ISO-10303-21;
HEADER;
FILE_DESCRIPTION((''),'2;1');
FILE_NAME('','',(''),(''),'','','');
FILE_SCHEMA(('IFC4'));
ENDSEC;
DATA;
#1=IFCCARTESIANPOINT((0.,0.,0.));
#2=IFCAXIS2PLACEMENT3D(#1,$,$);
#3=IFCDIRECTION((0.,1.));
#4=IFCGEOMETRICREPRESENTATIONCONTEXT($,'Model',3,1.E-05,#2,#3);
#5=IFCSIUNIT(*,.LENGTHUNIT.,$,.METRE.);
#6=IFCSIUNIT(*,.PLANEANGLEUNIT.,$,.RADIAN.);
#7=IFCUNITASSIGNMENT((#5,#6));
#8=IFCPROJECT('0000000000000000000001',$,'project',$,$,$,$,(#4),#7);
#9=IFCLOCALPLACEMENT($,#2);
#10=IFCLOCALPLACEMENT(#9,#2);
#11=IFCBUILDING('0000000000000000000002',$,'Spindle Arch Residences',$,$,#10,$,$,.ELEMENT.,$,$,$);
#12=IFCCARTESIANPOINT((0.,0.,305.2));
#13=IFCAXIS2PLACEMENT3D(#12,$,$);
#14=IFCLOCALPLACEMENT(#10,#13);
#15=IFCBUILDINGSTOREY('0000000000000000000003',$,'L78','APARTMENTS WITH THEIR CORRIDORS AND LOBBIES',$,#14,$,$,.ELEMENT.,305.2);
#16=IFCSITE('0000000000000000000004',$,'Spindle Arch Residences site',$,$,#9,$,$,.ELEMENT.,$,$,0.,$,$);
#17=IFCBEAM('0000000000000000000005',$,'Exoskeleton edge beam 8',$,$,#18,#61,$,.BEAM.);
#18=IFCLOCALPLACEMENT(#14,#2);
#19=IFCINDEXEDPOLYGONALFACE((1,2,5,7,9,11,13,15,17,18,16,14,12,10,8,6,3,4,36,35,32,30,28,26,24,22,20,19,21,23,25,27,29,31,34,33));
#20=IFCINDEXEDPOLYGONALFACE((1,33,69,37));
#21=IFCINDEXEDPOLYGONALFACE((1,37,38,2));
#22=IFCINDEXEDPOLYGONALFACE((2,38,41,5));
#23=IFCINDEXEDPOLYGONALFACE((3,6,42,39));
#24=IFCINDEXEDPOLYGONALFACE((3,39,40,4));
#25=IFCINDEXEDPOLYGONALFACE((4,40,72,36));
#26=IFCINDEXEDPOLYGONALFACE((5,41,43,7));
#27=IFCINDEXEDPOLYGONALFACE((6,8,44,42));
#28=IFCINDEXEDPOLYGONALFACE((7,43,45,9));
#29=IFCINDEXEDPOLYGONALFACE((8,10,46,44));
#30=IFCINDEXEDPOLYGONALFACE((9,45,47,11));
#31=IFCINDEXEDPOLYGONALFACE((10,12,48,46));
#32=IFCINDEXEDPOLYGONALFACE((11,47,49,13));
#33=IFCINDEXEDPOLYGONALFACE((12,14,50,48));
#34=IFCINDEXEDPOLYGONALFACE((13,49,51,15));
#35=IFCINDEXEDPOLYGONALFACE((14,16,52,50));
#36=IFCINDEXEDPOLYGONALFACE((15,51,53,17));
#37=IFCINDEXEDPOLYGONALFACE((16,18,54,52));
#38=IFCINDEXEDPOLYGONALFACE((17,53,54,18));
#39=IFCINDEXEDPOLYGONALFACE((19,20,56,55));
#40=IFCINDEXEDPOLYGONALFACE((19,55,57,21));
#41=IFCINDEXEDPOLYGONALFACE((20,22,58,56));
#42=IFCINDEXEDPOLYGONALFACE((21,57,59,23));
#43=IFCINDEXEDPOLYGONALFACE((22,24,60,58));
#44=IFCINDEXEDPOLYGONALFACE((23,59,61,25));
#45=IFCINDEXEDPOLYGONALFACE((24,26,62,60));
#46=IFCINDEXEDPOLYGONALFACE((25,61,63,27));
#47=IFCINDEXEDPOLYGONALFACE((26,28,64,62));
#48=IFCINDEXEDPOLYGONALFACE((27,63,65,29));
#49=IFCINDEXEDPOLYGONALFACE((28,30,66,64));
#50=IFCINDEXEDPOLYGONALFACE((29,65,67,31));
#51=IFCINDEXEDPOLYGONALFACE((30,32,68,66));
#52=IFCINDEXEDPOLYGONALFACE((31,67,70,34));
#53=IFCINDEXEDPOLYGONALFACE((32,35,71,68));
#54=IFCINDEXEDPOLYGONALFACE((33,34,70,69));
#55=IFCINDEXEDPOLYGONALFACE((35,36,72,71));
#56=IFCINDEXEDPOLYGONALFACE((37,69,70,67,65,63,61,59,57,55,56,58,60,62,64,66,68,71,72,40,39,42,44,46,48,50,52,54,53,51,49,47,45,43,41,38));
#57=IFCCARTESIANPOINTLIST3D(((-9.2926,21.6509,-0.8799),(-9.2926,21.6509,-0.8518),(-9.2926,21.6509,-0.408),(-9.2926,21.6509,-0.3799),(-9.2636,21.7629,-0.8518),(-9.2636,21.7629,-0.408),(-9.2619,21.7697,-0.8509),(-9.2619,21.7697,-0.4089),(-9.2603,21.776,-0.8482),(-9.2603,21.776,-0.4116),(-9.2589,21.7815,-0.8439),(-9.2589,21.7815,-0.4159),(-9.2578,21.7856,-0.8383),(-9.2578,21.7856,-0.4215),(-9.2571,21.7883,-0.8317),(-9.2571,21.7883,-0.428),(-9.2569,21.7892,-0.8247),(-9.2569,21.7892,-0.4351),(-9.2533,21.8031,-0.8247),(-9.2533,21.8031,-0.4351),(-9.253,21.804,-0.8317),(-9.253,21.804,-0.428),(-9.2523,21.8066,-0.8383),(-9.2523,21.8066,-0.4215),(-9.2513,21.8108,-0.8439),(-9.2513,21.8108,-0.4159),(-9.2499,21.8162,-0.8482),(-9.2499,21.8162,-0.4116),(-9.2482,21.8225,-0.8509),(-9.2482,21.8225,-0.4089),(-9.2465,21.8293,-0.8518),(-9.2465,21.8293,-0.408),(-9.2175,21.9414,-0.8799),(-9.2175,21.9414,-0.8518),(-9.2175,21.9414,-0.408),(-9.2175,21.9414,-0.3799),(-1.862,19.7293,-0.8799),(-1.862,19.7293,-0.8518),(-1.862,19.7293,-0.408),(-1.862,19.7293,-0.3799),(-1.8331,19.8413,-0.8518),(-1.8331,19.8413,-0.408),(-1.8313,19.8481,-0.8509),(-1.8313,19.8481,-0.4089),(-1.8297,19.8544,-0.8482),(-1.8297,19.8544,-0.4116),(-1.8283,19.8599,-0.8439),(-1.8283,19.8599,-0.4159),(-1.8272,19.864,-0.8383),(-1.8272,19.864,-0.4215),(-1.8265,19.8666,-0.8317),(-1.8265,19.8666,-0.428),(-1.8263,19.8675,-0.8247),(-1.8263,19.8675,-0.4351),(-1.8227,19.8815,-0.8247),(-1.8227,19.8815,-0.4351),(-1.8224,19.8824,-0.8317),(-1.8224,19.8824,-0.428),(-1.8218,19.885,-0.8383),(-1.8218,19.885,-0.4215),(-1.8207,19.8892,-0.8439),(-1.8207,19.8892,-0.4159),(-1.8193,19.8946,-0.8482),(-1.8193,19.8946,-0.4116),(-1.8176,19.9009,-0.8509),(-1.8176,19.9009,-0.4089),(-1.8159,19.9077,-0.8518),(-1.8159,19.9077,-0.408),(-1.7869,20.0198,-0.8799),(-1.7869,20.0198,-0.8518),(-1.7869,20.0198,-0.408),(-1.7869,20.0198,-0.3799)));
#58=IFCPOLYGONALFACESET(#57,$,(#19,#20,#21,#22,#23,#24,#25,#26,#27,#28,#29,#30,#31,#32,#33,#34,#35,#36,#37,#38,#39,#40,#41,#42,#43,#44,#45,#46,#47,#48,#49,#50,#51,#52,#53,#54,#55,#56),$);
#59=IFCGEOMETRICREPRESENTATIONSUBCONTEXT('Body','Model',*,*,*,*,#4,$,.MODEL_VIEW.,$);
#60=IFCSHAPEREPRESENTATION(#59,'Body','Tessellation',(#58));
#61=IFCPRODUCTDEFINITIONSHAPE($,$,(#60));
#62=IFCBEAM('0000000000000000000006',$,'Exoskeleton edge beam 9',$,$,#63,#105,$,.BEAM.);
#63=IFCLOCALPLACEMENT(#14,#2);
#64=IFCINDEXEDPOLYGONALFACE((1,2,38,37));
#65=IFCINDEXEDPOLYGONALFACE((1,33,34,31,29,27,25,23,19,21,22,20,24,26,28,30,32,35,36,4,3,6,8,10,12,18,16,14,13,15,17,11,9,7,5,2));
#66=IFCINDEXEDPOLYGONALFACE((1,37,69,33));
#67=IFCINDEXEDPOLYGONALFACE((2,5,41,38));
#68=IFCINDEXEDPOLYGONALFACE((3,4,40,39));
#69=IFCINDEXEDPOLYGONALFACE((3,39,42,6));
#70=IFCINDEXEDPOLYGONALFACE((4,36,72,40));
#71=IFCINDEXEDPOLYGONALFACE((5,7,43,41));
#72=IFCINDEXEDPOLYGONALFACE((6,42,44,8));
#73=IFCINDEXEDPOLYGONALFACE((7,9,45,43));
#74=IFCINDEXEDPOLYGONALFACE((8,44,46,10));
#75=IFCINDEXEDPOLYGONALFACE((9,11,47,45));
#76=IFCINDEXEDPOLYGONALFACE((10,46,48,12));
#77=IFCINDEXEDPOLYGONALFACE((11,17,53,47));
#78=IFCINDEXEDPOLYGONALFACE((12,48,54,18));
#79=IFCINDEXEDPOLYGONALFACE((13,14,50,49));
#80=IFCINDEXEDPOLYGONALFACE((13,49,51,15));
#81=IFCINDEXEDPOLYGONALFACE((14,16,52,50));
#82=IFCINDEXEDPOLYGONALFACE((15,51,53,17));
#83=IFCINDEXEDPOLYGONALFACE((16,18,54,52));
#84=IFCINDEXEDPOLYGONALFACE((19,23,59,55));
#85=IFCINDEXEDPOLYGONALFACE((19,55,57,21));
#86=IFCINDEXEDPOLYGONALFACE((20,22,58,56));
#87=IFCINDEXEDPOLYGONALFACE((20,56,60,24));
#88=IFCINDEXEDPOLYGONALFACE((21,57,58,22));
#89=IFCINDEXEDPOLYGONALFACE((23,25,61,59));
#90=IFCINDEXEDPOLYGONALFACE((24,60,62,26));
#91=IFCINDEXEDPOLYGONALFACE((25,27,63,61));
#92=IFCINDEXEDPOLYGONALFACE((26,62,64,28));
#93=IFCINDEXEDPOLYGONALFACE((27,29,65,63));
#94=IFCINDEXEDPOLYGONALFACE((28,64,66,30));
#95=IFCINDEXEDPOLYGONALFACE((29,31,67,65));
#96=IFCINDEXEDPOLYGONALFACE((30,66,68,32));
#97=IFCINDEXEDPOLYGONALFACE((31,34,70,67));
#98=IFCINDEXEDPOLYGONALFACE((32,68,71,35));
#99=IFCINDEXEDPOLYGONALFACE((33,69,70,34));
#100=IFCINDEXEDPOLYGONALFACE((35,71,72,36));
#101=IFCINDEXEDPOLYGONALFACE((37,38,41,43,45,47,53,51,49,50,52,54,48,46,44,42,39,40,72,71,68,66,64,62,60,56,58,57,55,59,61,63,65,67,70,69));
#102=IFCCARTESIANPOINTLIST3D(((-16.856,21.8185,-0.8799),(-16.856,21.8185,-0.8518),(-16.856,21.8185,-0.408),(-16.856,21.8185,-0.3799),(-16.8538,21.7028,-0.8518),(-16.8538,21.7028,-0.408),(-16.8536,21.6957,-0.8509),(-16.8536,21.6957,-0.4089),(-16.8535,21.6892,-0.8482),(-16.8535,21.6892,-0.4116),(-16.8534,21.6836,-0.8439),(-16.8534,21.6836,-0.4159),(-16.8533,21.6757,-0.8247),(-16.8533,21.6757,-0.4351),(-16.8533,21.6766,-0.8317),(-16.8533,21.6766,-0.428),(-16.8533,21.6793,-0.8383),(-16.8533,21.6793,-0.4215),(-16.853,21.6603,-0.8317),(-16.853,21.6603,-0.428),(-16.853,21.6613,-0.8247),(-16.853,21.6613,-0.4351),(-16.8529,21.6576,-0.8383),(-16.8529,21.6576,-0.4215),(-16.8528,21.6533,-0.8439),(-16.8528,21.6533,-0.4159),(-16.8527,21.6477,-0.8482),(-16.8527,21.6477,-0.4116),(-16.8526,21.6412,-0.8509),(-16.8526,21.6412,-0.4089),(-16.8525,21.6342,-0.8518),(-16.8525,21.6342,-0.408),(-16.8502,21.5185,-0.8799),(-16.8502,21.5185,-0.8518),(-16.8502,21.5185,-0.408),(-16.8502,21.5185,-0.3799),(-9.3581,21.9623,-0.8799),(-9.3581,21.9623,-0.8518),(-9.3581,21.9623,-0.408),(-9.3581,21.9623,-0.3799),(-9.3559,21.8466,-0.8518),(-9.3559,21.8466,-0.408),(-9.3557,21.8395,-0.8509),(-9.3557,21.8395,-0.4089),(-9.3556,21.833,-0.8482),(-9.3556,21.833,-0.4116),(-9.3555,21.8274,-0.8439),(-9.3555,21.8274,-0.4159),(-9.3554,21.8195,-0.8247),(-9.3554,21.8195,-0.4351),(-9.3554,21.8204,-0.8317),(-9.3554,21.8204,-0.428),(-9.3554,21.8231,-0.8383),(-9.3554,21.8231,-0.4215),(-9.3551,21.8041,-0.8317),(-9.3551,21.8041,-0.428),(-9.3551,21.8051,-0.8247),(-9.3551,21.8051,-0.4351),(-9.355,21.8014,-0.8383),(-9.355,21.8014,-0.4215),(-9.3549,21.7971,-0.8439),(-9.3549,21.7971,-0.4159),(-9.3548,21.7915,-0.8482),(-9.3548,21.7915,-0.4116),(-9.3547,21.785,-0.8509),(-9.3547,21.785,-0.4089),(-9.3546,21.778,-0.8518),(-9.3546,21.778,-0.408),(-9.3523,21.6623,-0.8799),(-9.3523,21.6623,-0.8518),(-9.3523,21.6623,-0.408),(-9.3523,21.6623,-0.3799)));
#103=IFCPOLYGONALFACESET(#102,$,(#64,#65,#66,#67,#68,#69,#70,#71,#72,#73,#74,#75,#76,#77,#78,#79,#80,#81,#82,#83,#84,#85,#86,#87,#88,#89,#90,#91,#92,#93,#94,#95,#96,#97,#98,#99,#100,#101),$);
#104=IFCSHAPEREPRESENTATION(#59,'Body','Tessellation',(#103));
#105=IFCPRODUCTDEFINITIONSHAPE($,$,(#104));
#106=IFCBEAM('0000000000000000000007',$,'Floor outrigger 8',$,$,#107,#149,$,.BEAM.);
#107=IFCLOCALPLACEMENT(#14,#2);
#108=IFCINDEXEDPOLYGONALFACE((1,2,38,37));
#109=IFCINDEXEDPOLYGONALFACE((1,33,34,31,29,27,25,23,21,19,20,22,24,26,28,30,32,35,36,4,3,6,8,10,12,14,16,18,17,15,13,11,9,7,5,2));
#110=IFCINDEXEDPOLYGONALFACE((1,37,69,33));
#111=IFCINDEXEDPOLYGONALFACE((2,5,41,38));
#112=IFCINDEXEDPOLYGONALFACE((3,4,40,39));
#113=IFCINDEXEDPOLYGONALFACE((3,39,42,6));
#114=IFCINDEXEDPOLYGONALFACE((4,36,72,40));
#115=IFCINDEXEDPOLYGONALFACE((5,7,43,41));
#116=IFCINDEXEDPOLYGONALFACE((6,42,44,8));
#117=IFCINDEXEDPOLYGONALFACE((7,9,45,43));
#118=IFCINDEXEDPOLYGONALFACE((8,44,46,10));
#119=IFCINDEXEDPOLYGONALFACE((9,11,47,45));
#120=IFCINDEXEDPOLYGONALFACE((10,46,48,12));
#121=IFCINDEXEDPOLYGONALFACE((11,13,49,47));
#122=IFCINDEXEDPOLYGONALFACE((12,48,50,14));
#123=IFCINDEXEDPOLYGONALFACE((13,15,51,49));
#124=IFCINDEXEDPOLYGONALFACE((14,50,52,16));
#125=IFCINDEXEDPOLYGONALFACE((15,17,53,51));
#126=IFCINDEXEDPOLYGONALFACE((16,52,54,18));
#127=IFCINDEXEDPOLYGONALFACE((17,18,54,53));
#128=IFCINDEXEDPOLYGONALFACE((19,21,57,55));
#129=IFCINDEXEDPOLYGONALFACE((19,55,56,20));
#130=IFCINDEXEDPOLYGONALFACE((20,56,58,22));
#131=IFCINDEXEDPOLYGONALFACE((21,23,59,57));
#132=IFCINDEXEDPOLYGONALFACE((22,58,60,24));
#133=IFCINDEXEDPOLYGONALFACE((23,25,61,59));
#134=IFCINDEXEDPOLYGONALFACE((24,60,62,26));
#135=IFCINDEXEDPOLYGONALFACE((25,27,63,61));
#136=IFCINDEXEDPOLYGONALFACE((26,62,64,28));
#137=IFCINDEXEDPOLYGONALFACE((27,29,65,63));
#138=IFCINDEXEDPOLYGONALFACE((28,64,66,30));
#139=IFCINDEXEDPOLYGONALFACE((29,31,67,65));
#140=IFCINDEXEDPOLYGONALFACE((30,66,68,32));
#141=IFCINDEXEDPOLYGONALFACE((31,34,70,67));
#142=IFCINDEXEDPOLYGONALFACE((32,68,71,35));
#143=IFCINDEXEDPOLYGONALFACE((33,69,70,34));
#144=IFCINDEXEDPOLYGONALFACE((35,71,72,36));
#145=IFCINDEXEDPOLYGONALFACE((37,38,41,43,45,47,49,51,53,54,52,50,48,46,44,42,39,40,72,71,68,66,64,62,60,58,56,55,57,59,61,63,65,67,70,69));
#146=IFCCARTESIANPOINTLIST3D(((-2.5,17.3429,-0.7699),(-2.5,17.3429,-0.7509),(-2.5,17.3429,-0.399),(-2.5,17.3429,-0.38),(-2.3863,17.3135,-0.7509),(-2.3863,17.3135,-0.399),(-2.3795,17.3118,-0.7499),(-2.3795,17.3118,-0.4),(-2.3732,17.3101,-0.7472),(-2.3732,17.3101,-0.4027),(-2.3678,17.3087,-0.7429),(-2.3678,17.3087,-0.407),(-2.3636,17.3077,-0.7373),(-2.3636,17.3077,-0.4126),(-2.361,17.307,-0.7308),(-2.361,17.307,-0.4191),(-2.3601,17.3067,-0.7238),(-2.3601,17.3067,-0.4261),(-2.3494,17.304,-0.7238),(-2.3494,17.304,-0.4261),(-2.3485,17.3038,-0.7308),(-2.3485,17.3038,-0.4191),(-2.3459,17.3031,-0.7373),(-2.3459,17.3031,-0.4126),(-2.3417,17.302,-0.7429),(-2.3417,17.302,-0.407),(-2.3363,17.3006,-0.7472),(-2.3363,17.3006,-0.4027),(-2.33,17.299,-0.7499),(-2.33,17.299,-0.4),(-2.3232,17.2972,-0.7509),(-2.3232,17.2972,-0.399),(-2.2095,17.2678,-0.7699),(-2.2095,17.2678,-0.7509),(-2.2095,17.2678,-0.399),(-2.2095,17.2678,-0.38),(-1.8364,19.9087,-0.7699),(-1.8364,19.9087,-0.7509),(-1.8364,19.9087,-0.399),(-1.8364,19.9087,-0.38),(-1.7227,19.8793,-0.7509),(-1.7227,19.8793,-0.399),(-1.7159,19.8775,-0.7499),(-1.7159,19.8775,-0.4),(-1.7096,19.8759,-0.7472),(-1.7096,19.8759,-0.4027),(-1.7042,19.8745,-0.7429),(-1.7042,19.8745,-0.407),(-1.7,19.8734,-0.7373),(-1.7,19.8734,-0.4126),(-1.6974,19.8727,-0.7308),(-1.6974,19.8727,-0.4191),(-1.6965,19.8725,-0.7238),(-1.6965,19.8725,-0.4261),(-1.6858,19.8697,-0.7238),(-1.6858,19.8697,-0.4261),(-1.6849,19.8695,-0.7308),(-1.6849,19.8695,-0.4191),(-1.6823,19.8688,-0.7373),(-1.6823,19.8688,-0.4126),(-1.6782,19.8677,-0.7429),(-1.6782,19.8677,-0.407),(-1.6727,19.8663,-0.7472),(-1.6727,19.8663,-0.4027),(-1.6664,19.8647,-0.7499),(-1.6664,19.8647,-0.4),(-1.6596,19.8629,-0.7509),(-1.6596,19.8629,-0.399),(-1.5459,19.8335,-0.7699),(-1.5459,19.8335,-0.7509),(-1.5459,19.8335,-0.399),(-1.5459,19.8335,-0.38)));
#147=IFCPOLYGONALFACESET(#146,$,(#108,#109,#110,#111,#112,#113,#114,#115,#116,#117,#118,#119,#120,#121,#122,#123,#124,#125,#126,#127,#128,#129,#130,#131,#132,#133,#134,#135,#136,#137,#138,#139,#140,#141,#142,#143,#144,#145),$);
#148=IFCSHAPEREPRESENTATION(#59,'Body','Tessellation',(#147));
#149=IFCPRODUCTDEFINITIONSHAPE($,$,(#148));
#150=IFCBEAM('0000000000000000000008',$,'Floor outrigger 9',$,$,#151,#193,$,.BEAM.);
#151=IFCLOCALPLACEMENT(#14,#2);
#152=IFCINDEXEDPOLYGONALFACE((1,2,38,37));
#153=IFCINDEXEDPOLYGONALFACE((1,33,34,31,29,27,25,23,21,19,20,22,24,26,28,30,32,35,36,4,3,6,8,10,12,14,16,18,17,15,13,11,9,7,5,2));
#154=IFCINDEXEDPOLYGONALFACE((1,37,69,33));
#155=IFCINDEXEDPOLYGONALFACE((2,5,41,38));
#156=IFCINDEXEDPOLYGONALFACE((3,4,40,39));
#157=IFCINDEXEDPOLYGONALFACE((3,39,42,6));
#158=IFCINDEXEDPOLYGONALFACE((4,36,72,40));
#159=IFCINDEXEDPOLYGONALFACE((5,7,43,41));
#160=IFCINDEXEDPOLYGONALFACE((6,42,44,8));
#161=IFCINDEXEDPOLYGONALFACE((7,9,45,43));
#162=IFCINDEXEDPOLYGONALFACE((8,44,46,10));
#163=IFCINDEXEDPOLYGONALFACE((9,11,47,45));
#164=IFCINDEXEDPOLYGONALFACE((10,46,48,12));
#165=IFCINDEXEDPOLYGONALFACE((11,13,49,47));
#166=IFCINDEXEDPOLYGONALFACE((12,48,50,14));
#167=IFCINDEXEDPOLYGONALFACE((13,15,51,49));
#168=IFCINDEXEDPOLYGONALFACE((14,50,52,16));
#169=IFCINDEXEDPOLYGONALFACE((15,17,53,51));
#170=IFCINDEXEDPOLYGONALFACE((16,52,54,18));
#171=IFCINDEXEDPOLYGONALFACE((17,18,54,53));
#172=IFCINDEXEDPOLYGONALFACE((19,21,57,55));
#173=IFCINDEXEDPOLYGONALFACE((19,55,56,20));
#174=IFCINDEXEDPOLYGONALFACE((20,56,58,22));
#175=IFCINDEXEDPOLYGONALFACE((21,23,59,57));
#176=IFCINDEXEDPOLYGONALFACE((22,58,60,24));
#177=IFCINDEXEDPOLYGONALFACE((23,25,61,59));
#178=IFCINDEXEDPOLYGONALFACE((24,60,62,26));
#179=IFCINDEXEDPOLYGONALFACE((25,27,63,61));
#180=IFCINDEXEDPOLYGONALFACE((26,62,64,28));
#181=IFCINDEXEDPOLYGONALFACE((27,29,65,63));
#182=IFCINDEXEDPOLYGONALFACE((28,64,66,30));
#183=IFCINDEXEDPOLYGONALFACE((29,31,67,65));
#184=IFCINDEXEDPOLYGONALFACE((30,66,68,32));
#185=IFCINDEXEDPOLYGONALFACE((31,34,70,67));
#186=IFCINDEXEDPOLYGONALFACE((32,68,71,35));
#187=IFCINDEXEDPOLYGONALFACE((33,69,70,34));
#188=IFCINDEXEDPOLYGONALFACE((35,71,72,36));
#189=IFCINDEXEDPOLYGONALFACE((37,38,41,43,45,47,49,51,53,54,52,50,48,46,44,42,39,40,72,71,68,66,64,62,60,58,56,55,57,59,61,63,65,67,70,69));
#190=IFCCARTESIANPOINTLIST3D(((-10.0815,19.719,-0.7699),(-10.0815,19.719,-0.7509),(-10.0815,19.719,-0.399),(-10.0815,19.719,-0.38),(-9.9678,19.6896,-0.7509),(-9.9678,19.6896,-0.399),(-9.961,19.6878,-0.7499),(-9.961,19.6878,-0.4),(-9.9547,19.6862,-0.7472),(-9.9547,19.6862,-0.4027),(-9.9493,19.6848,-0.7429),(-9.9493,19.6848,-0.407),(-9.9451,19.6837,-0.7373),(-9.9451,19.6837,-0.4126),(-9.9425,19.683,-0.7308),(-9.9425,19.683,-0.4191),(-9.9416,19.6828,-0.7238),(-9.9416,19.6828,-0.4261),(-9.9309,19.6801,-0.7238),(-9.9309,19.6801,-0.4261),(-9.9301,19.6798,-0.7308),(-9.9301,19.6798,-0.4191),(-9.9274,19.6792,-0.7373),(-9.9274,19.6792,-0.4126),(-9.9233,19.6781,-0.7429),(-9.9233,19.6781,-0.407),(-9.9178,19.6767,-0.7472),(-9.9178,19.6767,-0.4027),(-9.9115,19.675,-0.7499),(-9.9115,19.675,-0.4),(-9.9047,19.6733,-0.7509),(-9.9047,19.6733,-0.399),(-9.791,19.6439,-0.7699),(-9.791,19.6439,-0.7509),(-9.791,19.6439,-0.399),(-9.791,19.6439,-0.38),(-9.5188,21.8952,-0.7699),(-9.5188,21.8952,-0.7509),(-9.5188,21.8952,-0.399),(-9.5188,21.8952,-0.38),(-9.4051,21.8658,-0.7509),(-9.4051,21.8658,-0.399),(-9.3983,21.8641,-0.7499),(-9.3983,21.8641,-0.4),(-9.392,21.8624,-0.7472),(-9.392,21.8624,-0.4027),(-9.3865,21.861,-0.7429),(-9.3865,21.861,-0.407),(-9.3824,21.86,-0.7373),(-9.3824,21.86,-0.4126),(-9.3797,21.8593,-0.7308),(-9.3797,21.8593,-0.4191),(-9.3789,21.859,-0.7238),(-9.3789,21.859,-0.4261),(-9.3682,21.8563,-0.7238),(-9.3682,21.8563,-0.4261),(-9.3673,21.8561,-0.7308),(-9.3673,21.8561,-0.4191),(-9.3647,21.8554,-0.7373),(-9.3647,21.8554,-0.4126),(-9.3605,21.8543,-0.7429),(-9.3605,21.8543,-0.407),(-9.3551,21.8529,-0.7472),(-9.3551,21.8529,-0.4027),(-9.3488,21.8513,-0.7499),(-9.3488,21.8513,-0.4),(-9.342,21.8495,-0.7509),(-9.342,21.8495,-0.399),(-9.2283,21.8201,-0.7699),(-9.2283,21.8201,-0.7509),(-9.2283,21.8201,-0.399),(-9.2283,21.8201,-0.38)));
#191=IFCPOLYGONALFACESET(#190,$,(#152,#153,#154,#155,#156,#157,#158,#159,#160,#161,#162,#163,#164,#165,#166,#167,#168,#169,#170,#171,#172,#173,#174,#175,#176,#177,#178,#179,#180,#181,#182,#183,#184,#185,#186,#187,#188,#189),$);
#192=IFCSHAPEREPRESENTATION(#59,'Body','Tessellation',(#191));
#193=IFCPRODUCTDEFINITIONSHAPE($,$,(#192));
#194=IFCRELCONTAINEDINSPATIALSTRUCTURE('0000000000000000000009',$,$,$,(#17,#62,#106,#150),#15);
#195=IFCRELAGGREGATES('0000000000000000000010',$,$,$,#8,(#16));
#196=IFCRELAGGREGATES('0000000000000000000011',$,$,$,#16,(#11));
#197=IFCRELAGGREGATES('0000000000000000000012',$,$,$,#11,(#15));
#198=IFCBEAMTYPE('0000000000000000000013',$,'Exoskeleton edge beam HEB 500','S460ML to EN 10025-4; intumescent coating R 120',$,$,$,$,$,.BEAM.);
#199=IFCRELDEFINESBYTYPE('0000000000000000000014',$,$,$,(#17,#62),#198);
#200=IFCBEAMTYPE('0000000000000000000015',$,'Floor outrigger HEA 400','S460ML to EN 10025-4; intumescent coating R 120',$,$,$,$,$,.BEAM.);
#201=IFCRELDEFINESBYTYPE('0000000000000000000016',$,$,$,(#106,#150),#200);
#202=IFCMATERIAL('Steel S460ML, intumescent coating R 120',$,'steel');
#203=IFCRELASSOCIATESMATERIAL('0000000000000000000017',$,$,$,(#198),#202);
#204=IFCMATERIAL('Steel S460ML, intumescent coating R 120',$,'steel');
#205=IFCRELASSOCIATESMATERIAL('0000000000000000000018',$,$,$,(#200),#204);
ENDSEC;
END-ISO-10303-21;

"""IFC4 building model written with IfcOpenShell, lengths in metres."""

from ifc_helpers import new_model, si_unit, direction, frame, origin, origin_2d, place, context, subcontext, project, spatial, i_section, extrude, material, material_profile, profile_set, type_object, element, save


model = new_model("IFC4")

# Units and contexts
model_context = context("Model", 3, precision=1e-05, world=origin(), true_north=direction((0.0, 1.0)))
body_context = subcontext(model_context, "Body", "Model", "MODEL_VIEW")
ifc_project = project(units=[si_unit("LENGTHUNIT", "METRE"), si_unit("PLANEANGLEUNIT", "RADIAN")], contexts=[model_context])

# Site, building, storey
site_placement = place(None, origin())
site = spatial("IfcSite", under=ifc_project, at=site_placement, Name="Spindle Arch Residences site", CompositionType="ELEMENT", RefElevation=0.0)
building_placement = place(site_placement, origin())
building = spatial("IfcBuilding", under=site, at=building_placement, Name="Spindle Arch Residences", CompositionType="ELEMENT")
storey_placement = place(building_placement, frame((0.0, 0.0, 305.2)))
storey = spatial("IfcBuildingStorey", under=building, at=storey_placement, Name="L78", Description="APARTMENTS WITH THEIR CORRIDORS AND LOBBIES", CompositionType="ELEMENT", Elevation=305.2)

# Beams
ifc_material_1 = material(Name="Steel S460ML, intumescent coating R 120", Category="steel")
ifc_material_profile_1 = material_profile(ifc_material_1, i_section(OverallWidth=0.3, OverallDepth=0.5, WebThickness=0.0144, FlangeThickness=0.0281, FilletRadius=0.0271, at=origin_2d()), Name="HEB 500")
ifc_profile_set_1 = profile_set([ifc_material_profile_1], Name="Steel S460ML, intumescent coating R 120")
beam_type_1 = type_object("IfcBeamType", Name="Exoskeleton edge beam HEB 500", Description="S460ML to EN 10025-4; intumescent coating R 120", PredefinedType="BEAM", material=ifc_profile_set_1)
beam_1_placement = place(storey_placement, frame((-1.8245, 19.8745, -0.6299), z_axis=(-0.96815, 0.250372, 0.0), x_axis=(-0.250372, -0.96815, 0.0)))
element("IfcBeam", 1, at=beam_1_placement, inside=storey, type_object=beam_type_1, Name="Exoskeleton edge beam 8", PredefinedType="BEAM", context=body_context, shape_type="SweptSolid", body=[
    extrude(i_section(OverallWidth=0.3, OverallDepth=0.5, WebThickness=0.0144, FlangeThickness=0.0281, FilletRadius=0.0271, at=origin_2d()), origin(), (0.0, 0.0, 1.0), 7.675),
])
beam_2_placement = place(storey_placement, frame((-9.3552, 21.8123, -0.6299), z_axis=(-0.999816, -0.019175, 0.0), x_axis=(0.019175, -0.999816, 0.0)))
element("IfcBeam", 2, at=beam_2_placement, inside=storey, type_object=beam_type_1, Name="Exoskeleton edge beam 9", PredefinedType="BEAM", context=body_context, shape_type="SweptSolid", body=[
    extrude(i_section(OverallWidth=0.3, OverallDepth=0.5, WebThickness=0.0144, FlangeThickness=0.0281, FilletRadius=0.0271, at=origin_2d()), origin(), (0.0, 0.0, 1.0), 7.4993),
])
ifc_material_2 = material(Name="Steel S460ML, intumescent coating R 120", Category="steel")
ifc_material_profile_2 = material_profile(ifc_material_2, i_section(OverallWidth=0.3, OverallDepth=0.3899, WebThickness=0.011, FlangeThickness=0.019, FilletRadius=0.0271, at=origin_2d()), Name="HEA 400")
ifc_profile_set_2 = profile_set([ifc_material_profile_2], Name="Steel S460ML, intumescent coating R 120")
beam_type_2 = type_object("IfcBeamType", Name="Floor outrigger HEA 400", Description="S460ML to EN 10025-4; intumescent coating R 120", PredefinedType="BEAM", material=ifc_profile_set_2)
beam_3_placement = place(storey_placement, frame((-1.6912, 19.8711, -0.575), z_axis=(-0.250396, -0.968143, 0.0), x_axis=(0.968143, -0.250396, 0.0)))
element("IfcBeam", 3, at=beam_3_placement, inside=storey, type_object=beam_type_2, Name="Floor outrigger 8", PredefinedType="BEAM", context=body_context, shape_type="SweptSolid", body=[
    extrude(i_section(OverallWidth=0.3, OverallDepth=0.3899, WebThickness=0.011, FlangeThickness=0.019, FilletRadius=0.0271, at=origin_2d()), origin(), (0.0, 0.0, 1.0), 2.6501),
])
beam_4_placement = place(storey_placement, frame((-9.3735, 21.8577, -0.575), z_axis=(-0.250348, -0.968156, 0.0), x_axis=(0.968156, -0.250348, 0.0)))
element("IfcBeam", 4, at=beam_4_placement, inside=storey, type_object=beam_type_2, Name="Floor outrigger 9", PredefinedType="BEAM", context=body_context, shape_type="SweptSolid", body=[
    extrude(i_section(OverallWidth=0.3, OverallDepth=0.3899, WebThickness=0.011, FlangeThickness=0.019, FilletRadius=0.0271, at=origin_2d()), origin(), (0.0, 0.0, 1.0), 2.2478),
])

save(model, "model.ifc")
